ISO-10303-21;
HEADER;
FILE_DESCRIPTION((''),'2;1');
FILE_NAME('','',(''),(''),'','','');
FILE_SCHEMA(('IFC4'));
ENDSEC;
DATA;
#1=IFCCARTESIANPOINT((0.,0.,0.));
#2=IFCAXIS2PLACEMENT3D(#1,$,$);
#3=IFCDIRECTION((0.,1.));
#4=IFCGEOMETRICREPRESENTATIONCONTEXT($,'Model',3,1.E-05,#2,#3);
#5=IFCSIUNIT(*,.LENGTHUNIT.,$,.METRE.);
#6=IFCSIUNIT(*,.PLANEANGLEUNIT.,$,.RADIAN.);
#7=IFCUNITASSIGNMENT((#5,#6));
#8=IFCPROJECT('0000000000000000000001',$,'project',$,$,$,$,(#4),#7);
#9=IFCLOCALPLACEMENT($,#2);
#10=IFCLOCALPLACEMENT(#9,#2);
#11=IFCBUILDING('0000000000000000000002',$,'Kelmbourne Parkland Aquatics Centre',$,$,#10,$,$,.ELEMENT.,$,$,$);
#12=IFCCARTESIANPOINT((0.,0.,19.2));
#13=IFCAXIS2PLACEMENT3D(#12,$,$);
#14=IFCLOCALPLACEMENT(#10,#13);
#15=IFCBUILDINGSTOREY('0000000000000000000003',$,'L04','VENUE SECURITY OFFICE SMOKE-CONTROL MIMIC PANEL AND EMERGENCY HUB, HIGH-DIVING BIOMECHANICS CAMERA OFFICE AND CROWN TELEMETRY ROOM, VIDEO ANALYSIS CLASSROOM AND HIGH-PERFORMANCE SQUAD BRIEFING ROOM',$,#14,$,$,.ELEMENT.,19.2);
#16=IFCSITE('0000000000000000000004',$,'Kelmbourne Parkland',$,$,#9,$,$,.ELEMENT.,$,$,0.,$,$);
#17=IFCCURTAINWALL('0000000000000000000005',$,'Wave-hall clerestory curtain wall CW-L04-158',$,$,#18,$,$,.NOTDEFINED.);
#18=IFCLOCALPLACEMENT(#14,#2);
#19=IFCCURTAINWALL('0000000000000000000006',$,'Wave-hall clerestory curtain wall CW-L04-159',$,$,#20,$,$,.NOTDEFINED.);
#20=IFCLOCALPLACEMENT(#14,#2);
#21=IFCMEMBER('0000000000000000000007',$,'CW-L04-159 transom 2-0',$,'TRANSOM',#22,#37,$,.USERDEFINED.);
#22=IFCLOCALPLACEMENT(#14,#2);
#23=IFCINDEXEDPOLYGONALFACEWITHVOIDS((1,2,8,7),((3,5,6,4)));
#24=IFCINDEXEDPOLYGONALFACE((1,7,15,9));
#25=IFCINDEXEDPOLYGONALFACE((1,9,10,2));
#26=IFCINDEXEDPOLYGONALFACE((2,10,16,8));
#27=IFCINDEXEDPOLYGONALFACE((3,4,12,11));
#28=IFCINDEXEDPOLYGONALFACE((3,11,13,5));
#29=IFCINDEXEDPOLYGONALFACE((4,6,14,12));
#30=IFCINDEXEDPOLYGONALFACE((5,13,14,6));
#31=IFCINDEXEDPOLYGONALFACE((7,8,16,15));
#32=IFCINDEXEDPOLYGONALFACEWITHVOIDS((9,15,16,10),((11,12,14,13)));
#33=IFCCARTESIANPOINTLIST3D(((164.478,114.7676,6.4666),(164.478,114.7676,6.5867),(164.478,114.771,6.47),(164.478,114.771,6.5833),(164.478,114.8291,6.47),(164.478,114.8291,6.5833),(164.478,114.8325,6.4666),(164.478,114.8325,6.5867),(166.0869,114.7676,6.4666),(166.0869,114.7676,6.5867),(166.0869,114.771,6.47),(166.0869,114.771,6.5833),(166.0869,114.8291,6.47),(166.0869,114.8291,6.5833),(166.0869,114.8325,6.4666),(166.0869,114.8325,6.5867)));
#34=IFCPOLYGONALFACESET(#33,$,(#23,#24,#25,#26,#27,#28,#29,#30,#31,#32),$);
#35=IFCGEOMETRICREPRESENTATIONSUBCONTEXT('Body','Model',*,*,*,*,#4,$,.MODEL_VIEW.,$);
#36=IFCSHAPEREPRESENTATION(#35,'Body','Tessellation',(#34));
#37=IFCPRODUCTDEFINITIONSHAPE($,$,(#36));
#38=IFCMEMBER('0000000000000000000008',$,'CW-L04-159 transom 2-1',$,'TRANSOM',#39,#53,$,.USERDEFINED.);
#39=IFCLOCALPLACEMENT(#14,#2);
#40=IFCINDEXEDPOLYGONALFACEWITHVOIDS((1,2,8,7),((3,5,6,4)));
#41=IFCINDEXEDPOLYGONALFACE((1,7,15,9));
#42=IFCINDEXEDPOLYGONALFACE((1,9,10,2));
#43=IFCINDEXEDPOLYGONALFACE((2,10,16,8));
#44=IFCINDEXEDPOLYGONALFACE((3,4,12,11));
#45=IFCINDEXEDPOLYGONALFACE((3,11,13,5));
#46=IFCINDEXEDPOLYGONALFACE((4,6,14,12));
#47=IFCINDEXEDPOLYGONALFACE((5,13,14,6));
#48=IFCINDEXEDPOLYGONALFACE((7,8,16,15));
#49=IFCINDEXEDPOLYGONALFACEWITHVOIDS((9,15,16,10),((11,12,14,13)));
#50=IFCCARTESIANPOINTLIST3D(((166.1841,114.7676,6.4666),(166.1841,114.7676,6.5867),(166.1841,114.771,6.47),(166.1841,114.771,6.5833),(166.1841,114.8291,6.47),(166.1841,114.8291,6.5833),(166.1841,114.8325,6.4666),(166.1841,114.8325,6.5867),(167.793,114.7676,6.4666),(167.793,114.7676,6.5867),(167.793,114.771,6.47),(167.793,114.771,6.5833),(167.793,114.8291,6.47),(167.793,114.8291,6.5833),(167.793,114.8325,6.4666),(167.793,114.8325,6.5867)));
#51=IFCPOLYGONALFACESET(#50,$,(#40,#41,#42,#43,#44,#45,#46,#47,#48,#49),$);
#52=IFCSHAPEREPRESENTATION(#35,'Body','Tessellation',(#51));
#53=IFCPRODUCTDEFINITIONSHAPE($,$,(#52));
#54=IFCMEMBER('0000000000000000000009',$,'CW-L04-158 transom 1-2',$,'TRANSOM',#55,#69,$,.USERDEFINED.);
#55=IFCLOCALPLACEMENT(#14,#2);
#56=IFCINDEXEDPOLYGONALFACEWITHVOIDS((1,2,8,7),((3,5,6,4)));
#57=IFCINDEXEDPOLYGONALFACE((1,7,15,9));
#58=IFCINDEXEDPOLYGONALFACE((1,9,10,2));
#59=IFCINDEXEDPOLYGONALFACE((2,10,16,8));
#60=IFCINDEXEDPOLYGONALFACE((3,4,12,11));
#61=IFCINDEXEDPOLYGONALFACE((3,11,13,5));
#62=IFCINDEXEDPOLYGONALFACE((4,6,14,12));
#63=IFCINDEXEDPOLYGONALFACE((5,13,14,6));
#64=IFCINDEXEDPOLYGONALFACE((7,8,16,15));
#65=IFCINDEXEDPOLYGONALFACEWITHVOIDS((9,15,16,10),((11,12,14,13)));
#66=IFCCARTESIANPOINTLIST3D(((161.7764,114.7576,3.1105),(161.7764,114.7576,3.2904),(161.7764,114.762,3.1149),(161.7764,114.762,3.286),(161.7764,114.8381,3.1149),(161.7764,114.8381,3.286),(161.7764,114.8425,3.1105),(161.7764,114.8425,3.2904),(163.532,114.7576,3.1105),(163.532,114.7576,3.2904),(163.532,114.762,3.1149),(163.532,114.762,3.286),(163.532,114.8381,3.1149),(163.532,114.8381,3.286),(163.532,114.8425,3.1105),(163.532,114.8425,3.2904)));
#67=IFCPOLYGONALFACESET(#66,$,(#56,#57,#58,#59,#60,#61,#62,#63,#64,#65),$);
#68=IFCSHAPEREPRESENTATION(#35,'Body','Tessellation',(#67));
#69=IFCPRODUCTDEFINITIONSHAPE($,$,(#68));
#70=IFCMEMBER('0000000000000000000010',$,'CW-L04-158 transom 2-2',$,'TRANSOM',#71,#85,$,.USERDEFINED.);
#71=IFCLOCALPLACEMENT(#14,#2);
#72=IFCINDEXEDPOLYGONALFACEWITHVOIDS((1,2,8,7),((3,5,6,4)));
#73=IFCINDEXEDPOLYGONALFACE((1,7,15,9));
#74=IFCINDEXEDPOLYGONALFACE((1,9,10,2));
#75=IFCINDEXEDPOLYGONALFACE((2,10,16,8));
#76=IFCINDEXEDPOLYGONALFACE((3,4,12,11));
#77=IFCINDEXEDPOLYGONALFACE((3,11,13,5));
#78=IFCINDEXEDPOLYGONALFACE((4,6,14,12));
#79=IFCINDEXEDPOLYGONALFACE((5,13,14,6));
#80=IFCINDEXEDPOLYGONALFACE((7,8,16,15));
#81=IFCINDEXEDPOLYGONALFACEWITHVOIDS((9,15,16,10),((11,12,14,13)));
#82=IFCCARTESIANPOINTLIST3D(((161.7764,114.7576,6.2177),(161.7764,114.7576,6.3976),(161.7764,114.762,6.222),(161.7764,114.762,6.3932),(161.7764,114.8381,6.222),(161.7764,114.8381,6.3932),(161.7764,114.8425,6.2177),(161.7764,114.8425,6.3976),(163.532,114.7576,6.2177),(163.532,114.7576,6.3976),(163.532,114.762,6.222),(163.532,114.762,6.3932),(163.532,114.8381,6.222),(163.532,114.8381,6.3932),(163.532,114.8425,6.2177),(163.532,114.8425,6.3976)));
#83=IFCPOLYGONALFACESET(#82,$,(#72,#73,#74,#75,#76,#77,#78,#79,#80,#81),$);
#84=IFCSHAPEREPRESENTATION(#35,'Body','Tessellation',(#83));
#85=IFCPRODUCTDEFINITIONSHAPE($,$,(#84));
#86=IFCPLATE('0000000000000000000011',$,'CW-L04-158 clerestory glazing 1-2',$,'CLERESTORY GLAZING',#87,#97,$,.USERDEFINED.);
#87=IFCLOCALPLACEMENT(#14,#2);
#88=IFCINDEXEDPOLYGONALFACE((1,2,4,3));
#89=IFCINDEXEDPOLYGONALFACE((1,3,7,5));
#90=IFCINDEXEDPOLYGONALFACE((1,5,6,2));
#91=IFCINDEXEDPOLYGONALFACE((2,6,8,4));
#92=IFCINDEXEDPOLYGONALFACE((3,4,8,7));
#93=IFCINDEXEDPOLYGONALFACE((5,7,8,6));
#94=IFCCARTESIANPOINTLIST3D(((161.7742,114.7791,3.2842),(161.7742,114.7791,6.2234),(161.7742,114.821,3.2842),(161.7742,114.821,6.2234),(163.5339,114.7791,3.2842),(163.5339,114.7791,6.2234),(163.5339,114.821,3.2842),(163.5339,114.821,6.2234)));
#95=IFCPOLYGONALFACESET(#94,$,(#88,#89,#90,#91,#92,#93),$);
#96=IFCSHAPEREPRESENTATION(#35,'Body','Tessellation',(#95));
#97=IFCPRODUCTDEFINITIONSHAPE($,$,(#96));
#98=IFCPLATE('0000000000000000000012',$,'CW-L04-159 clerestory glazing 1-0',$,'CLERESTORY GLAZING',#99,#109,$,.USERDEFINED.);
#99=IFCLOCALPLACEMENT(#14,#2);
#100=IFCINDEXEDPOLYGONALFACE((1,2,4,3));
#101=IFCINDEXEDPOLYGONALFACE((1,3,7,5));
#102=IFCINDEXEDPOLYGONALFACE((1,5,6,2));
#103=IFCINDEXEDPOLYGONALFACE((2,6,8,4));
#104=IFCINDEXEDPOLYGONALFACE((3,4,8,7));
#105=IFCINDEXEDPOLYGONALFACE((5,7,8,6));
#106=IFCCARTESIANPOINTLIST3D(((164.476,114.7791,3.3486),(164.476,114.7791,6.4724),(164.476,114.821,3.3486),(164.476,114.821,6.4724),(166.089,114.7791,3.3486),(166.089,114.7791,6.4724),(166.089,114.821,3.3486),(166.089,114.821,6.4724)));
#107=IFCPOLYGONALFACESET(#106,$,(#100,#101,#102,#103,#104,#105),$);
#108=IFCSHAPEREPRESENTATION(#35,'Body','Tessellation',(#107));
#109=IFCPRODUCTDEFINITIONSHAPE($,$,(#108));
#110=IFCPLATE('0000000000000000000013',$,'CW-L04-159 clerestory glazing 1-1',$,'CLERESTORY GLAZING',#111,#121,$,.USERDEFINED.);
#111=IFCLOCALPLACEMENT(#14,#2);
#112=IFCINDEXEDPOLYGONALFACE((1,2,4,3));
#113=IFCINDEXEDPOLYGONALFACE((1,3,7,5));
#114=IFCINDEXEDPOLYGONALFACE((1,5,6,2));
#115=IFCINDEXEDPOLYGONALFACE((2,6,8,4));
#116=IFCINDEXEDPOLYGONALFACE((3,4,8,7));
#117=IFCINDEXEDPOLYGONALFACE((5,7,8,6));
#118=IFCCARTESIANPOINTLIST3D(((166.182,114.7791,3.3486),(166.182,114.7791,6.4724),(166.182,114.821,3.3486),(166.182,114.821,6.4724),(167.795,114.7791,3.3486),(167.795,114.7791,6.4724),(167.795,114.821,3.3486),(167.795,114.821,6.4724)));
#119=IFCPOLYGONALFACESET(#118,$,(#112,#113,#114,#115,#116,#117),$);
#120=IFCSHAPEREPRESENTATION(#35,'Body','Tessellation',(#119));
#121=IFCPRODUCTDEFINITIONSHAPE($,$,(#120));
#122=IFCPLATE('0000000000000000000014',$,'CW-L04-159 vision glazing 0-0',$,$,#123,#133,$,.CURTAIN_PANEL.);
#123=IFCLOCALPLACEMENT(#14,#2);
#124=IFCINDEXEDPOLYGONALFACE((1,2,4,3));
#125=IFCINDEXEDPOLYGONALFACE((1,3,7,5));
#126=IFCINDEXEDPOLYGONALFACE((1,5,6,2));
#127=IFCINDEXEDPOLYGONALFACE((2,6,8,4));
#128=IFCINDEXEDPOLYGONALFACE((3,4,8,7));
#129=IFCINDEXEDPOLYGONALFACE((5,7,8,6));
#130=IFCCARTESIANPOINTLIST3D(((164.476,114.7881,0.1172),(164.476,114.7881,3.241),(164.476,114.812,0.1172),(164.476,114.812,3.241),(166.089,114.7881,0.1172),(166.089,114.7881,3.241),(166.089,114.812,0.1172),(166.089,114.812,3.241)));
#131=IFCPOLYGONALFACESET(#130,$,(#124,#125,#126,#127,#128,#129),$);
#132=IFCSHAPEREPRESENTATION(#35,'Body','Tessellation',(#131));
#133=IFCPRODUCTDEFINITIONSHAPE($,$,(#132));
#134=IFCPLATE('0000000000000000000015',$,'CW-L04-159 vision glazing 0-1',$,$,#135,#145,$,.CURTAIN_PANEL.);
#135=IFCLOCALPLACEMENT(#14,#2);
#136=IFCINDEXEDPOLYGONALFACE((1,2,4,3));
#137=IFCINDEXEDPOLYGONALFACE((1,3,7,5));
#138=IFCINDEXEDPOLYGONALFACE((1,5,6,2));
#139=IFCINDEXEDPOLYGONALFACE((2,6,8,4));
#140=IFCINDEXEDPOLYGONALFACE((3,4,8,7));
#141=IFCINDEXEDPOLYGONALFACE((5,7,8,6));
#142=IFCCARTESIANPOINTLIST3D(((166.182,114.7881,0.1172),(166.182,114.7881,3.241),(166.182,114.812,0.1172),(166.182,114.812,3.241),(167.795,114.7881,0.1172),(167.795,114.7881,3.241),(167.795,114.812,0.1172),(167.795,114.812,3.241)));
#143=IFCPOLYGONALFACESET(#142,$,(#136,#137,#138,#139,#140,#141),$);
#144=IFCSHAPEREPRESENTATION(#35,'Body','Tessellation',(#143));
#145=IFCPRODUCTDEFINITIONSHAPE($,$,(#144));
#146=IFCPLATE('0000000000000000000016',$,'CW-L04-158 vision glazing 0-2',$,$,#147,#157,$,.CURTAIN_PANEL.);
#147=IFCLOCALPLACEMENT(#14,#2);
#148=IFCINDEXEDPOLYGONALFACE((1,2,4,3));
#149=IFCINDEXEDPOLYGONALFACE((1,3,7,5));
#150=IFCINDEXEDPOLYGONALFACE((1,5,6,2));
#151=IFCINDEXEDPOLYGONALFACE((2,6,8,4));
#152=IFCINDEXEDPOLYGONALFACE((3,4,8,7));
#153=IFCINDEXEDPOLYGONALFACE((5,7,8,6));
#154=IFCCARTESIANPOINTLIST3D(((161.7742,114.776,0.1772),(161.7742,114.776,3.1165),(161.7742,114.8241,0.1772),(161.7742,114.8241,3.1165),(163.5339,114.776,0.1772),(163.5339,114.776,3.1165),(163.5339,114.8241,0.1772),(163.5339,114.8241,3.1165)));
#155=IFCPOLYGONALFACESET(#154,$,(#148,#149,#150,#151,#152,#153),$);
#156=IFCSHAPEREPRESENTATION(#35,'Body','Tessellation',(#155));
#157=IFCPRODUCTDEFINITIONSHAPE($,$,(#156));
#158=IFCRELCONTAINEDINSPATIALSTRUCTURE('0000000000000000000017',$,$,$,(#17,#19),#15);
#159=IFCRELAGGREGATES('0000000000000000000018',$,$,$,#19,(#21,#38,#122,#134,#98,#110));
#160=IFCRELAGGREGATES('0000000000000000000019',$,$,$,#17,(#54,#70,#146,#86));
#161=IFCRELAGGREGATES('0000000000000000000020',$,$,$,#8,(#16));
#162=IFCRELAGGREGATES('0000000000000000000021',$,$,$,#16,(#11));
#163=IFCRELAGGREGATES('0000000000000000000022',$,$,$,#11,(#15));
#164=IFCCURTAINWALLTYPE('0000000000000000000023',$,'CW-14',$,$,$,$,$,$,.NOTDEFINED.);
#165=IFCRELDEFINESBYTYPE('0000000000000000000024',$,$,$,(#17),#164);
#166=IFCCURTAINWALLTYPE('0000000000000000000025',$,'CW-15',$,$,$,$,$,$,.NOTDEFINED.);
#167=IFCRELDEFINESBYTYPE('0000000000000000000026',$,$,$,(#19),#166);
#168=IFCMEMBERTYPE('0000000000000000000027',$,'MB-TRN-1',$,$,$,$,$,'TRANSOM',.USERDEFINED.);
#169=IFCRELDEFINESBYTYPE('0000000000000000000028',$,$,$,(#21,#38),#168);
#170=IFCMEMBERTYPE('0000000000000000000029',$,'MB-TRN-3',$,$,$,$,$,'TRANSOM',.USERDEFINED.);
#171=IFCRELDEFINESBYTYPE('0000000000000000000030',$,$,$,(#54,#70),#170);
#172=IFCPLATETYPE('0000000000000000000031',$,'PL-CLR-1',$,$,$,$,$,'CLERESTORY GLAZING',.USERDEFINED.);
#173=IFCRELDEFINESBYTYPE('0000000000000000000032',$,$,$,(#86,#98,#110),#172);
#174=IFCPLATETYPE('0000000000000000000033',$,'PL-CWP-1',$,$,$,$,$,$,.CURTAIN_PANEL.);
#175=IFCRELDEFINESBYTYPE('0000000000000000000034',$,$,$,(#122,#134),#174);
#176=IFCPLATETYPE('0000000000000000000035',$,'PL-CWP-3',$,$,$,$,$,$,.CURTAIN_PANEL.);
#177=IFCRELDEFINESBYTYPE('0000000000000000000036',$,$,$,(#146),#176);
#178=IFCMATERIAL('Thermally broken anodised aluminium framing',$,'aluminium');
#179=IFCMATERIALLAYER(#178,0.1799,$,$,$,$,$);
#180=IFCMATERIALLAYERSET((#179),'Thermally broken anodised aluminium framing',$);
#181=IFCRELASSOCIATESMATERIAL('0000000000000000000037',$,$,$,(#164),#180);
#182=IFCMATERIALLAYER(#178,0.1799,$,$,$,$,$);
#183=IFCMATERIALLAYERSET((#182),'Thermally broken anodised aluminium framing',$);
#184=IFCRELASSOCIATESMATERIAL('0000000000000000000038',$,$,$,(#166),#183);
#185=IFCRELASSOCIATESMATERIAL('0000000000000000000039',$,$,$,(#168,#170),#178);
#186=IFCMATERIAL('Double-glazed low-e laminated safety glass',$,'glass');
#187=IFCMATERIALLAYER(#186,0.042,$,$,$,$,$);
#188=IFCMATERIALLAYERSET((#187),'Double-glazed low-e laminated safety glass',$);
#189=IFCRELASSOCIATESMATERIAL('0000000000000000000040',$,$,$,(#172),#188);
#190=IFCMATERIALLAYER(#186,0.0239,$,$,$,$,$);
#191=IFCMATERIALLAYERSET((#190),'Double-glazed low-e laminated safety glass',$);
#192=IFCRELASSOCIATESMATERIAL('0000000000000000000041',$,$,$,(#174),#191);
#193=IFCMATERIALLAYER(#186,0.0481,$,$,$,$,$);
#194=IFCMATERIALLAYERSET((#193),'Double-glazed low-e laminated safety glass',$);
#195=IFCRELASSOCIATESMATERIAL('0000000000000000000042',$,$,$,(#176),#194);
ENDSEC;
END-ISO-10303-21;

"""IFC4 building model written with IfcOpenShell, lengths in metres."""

from ifc_helpers import new_model, si_unit, direction, frame, origin, origin_2d, place, context, subcontext, project, spatial, rectangle, hollow_rectangle, extrude, material, layer, layer_set, material_profile, profile_set, type_object, element, aggregate, save


model = new_model("IFC4")

# Units and contexts
model_context = context("Model", 3, precision=1e-05, world=origin(), true_north=direction((0.0, 1.0)))
body_context = subcontext(model_context, "Body", "Model", "MODEL_VIEW")
ifc_project = project(units=[si_unit("LENGTHUNIT", "METRE"), si_unit("PLANEANGLEUNIT", "RADIAN")], contexts=[model_context])

# Site, building, storey
site_placement = place(None, origin())
site = spatial("IfcSite", under=ifc_project, at=site_placement, Name="Kelmbourne Parkland", CompositionType="ELEMENT", RefElevation=0.0)
building_placement = place(site_placement, origin())
building = spatial("IfcBuilding", under=site, at=building_placement, Name="Kelmbourne Parkland Aquatics Centre", CompositionType="ELEMENT")
storey_placement = place(building_placement, frame((0.0, 0.0, 19.2)))
storey = spatial("IfcBuildingStorey", under=building, at=storey_placement, Name="L04", Description="VENUE SECURITY OFFICE SMOKE-CONTROL MIMIC PANEL AND EMERGENCY HUB, HIGH-DIVING BIOMECHANICS CAMERA OFFICE AND CROWN TELEMETRY ROOM, VIDEO ANALYSIS CLASSROOM AND HIGH-PERFORMANCE SQUAD BRIEFING ROOM", CompositionType="ELEMENT", Elevation=19.2)

# Curtain wall
ifc_material_1 = material(Name="Thermally broken anodised aluminium framing", Category="aluminium")
ifc_layer_1 = layer(ifc_material_1, 0.1799)
ifc_layer_set_1 = layer_set([ifc_layer_1], Name="Thermally broken anodised aluminium framing")
curtain_wall_type_1 = type_object("IfcCurtainWallType", Name="CW-14", PredefinedType="NOTDEFINED", material=ifc_layer_set_1)
curtain_wall_1_placement = place(storey_placement, origin())
curtain_wall_1 = element("IfcCurtainWall", 1, at=curtain_wall_1_placement, inside=storey, type_object=curtain_wall_type_1, Name="Wave-hall clerestory curtain wall CW-L04-158", PredefinedType="NOTDEFINED")

# Curtain wall, members
ifc_layer_2 = layer(ifc_material_1, 0.1799)
ifc_layer_set_2 = layer_set([ifc_layer_2], Name="Thermally broken anodised aluminium framing")
curtain_wall_type_2 = type_object("IfcCurtainWallType", Name="CW-15", PredefinedType="NOTDEFINED", material=ifc_layer_set_2)
curtain_wall_2_placement = place(storey_placement, origin())
curtain_wall_2 = element("IfcCurtainWall", 2, at=curtain_wall_2_placement, inside=storey, type_object=curtain_wall_type_2, Name="Wave-hall clerestory curtain wall CW-L04-159", PredefinedType="NOTDEFINED")
ifc_material_profile_1 = material_profile(ifc_material_1, hollow_rectangle(XDim=0.0649, YDim=0.1201, WallThickness=0.0034, at=origin_2d()), Name="CW-T 65x120")
ifc_profile_set_1 = profile_set([ifc_material_profile_1], Name="Thermally broken anodised aluminium framing")
member_type_1 = type_object("IfcMemberType", Name="MB-TRN-1", ElementType="TRANSOM", PredefinedType="USERDEFINED", material=ifc_profile_set_1)
member_1_placement = place(storey_placement, frame((164.478, 114.8, 6.5266), z_axis=(1.0, 0.0, 0.0), x_axis=(0.0, 1.0, 0.0)))
member_1 = element("IfcMember", 3, at=member_1_placement, type_object=member_type_1, Name="CW-L04-159 transom 2-0", ObjectType="TRANSOM", PredefinedType="USERDEFINED", context=body_context, shape_type="SweptSolid", body=[
    extrude(hollow_rectangle(XDim=0.0649, YDim=0.1201, WallThickness=0.0034, at=origin_2d()), origin(), (0.0, 0.0, 1.0), 1.6089),
])
member_2_placement = place(storey_placement, frame((166.1841, 114.8, 6.5266), z_axis=(1.0, 0.0, 0.0), x_axis=(0.0, 1.0, 0.0)))
member_2 = element("IfcMember", 4, at=member_2_placement, type_object=member_type_1, Name="CW-L04-159 transom 2-1", ObjectType="TRANSOM", PredefinedType="USERDEFINED", context=body_context, shape_type="SweptSolid", body=[
    extrude(hollow_rectangle(XDim=0.0649, YDim=0.1201, WallThickness=0.0034, at=origin_2d()), origin(), (0.0, 0.0, 1.0), 1.6089),
])

# Members
ifc_material_profile_2 = material_profile(ifc_material_1, hollow_rectangle(XDim=0.085, YDim=0.1799, WallThickness=0.0044, at=origin_2d()), Name="CW-T 85x180")
ifc_profile_set_2 = profile_set([ifc_material_profile_2], Name="Thermally broken anodised aluminium framing")
member_type_2 = type_object("IfcMemberType", Name="MB-TRN-3", ElementType="TRANSOM", PredefinedType="USERDEFINED", material=ifc_profile_set_2)
member_3_placement = place(storey_placement, frame((161.7764, 114.8, 3.2004), z_axis=(1.0, 0.0, 0.0), x_axis=(0.0, 1.0, 0.0)))
member_3 = element("IfcMember", 5, at=member_3_placement, type_object=member_type_2, Name="CW-L04-158 transom 1-2", ObjectType="TRANSOM", PredefinedType="USERDEFINED", context=body_context, shape_type="SweptSolid", body=[
    extrude(hollow_rectangle(XDim=0.085, YDim=0.1799, WallThickness=0.0044, at=origin_2d()), origin(), (0.0, 0.0, 1.0), 1.7556),
])
member_4_placement = place(storey_placement, frame((161.7764, 114.8, 6.3076), z_axis=(1.0, 0.0, 0.0), x_axis=(0.0, 1.0, 0.0)))
member_4 = element("IfcMember", 6, at=member_4_placement, type_object=member_type_2, Name="CW-L04-158 transom 2-2", ObjectType="TRANSOM", PredefinedType="USERDEFINED", context=body_context, shape_type="SweptSolid", body=[
    extrude(hollow_rectangle(XDim=0.085, YDim=0.1799, WallThickness=0.0044, at=origin_2d()), origin(), (0.0, 0.0, 1.0), 1.7556),
])

# Plates
ifc_material_2 = material(Name="Double-glazed low-e laminated safety glass", Category="glass")
ifc_layer_3 = layer(ifc_material_2, 0.042)
ifc_layer_set_3 = layer_set([ifc_layer_3], Name="Double-glazed low-e laminated safety glass")
plate_type_1 = type_object("IfcPlateType", Name="PL-CLR-1", ElementType="CLERESTORY GLAZING", PredefinedType="USERDEFINED", material=ifc_layer_set_3)
plate_1_placement = place(storey_placement, frame((162.6541, 114.8, 3.2842), z_axis=(0.0, 0.0, 1.0), x_axis=(1.0, 0.0, 0.0)))
plate_1 = element("IfcPlate", 7, at=plate_1_placement, type_object=plate_type_1, Name="CW-L04-158 clerestory glazing 1-2", ObjectType="CLERESTORY GLAZING", PredefinedType="USERDEFINED", context=body_context, shape_type="SweptSolid", body=[
    extrude(rectangle(XDim=1.7598, YDim=0.042, at=origin_2d()), origin(), (0.0, 0.0, 1.0), 2.9392),
])
plate_2_placement = place(storey_placement, frame((165.2825, 114.8, 3.3486), z_axis=(0.0, 0.0, 1.0), x_axis=(1.0, 0.0, 0.0)))
plate_2 = element("IfcPlate", 8, at=plate_2_placement, type_object=plate_type_1, Name="CW-L04-159 clerestory glazing 1-0", ObjectType="CLERESTORY GLAZING", PredefinedType="USERDEFINED", context=body_context, shape_type="SweptSolid", body=[
    extrude(rectangle(XDim=1.613, YDim=0.042, at=origin_2d()), origin(), (0.0, 0.0, 1.0), 3.1238),
])
plate_3_placement = place(storey_placement, frame((166.9885, 114.8, 3.3486), z_axis=(0.0, 0.0, 1.0), x_axis=(1.0, 0.0, 0.0)))
plate_3 = element("IfcPlate", 9, at=plate_3_placement, type_object=plate_type_1, Name="CW-L04-159 clerestory glazing 1-1", ObjectType="CLERESTORY GLAZING", PredefinedType="USERDEFINED", context=body_context, shape_type="SweptSolid", body=[
    extrude(rectangle(XDim=1.613, YDim=0.042, at=origin_2d()), origin(), (0.0, 0.0, 1.0), 3.1238),
])
ifc_layer_4 = layer(ifc_material_2, 0.0239)
ifc_layer_set_4 = layer_set([ifc_layer_4], Name="Double-glazed low-e laminated safety glass")
plate_type_2 = type_object("IfcPlateType", Name="PL-CWP-1", PredefinedType="CURTAIN_PANEL", material=ifc_layer_set_4)
plate_4_placement = place(storey_placement, frame((165.2825, 114.8, 0.1172), z_axis=(0.0, 0.0, 1.0), x_axis=(1.0, 0.0, 0.0)))
plate_4 = element("IfcPlate", 10, at=plate_4_placement, type_object=plate_type_2, Name="CW-L04-159 vision glazing 0-0", PredefinedType="CURTAIN_PANEL", context=body_context, shape_type="SweptSolid", body=[
    extrude(rectangle(XDim=1.613, YDim=0.0239, at=origin_2d()), origin(), (0.0, 0.0, 1.0), 3.1238),
])
plate_5_placement = place(storey_placement, frame((166.9885, 114.8, 0.1172), z_axis=(0.0, 0.0, 1.0), x_axis=(1.0, 0.0, 0.0)))
plate_5 = element("IfcPlate", 11, at=plate_5_placement, type_object=plate_type_2, Name="CW-L04-159 vision glazing 0-1", PredefinedType="CURTAIN_PANEL", context=body_context, shape_type="SweptSolid", body=[
    extrude(rectangle(XDim=1.613, YDim=0.0239, at=origin_2d()), origin(), (0.0, 0.0, 1.0), 3.1238),
])
aggregate(curtain_wall_2, [member_1, member_2, plate_4, plate_5, plate_2, plate_3])
ifc_layer_5 = layer(ifc_material_2, 0.0481)
ifc_layer_set_5 = layer_set([ifc_layer_5], Name="Double-glazed low-e laminated safety glass")
plate_type_3 = type_object("IfcPlateType", Name="PL-CWP-3", PredefinedType="CURTAIN_PANEL", material=ifc_layer_set_5)
plate_6_placement = place(storey_placement, frame((162.6541, 114.8, 0.1772), z_axis=(0.0, 0.0, 1.0), x_axis=(1.0, 0.0, 0.0)))
plate_6 = element("IfcPlate", 12, at=plate_6_placement, type_object=plate_type_3, Name="CW-L04-158 vision glazing 0-2", PredefinedType="CURTAIN_PANEL", context=body_context, shape_type="SweptSolid", body=[
    extrude(rectangle(XDim=1.7598, YDim=0.0481, at=origin_2d()), origin(), (0.0, 0.0, 1.0), 2.9392),
])
aggregate(curtain_wall_1, [member_3, member_4, plate_6, plate_1])

save(model, "model.ifc")
